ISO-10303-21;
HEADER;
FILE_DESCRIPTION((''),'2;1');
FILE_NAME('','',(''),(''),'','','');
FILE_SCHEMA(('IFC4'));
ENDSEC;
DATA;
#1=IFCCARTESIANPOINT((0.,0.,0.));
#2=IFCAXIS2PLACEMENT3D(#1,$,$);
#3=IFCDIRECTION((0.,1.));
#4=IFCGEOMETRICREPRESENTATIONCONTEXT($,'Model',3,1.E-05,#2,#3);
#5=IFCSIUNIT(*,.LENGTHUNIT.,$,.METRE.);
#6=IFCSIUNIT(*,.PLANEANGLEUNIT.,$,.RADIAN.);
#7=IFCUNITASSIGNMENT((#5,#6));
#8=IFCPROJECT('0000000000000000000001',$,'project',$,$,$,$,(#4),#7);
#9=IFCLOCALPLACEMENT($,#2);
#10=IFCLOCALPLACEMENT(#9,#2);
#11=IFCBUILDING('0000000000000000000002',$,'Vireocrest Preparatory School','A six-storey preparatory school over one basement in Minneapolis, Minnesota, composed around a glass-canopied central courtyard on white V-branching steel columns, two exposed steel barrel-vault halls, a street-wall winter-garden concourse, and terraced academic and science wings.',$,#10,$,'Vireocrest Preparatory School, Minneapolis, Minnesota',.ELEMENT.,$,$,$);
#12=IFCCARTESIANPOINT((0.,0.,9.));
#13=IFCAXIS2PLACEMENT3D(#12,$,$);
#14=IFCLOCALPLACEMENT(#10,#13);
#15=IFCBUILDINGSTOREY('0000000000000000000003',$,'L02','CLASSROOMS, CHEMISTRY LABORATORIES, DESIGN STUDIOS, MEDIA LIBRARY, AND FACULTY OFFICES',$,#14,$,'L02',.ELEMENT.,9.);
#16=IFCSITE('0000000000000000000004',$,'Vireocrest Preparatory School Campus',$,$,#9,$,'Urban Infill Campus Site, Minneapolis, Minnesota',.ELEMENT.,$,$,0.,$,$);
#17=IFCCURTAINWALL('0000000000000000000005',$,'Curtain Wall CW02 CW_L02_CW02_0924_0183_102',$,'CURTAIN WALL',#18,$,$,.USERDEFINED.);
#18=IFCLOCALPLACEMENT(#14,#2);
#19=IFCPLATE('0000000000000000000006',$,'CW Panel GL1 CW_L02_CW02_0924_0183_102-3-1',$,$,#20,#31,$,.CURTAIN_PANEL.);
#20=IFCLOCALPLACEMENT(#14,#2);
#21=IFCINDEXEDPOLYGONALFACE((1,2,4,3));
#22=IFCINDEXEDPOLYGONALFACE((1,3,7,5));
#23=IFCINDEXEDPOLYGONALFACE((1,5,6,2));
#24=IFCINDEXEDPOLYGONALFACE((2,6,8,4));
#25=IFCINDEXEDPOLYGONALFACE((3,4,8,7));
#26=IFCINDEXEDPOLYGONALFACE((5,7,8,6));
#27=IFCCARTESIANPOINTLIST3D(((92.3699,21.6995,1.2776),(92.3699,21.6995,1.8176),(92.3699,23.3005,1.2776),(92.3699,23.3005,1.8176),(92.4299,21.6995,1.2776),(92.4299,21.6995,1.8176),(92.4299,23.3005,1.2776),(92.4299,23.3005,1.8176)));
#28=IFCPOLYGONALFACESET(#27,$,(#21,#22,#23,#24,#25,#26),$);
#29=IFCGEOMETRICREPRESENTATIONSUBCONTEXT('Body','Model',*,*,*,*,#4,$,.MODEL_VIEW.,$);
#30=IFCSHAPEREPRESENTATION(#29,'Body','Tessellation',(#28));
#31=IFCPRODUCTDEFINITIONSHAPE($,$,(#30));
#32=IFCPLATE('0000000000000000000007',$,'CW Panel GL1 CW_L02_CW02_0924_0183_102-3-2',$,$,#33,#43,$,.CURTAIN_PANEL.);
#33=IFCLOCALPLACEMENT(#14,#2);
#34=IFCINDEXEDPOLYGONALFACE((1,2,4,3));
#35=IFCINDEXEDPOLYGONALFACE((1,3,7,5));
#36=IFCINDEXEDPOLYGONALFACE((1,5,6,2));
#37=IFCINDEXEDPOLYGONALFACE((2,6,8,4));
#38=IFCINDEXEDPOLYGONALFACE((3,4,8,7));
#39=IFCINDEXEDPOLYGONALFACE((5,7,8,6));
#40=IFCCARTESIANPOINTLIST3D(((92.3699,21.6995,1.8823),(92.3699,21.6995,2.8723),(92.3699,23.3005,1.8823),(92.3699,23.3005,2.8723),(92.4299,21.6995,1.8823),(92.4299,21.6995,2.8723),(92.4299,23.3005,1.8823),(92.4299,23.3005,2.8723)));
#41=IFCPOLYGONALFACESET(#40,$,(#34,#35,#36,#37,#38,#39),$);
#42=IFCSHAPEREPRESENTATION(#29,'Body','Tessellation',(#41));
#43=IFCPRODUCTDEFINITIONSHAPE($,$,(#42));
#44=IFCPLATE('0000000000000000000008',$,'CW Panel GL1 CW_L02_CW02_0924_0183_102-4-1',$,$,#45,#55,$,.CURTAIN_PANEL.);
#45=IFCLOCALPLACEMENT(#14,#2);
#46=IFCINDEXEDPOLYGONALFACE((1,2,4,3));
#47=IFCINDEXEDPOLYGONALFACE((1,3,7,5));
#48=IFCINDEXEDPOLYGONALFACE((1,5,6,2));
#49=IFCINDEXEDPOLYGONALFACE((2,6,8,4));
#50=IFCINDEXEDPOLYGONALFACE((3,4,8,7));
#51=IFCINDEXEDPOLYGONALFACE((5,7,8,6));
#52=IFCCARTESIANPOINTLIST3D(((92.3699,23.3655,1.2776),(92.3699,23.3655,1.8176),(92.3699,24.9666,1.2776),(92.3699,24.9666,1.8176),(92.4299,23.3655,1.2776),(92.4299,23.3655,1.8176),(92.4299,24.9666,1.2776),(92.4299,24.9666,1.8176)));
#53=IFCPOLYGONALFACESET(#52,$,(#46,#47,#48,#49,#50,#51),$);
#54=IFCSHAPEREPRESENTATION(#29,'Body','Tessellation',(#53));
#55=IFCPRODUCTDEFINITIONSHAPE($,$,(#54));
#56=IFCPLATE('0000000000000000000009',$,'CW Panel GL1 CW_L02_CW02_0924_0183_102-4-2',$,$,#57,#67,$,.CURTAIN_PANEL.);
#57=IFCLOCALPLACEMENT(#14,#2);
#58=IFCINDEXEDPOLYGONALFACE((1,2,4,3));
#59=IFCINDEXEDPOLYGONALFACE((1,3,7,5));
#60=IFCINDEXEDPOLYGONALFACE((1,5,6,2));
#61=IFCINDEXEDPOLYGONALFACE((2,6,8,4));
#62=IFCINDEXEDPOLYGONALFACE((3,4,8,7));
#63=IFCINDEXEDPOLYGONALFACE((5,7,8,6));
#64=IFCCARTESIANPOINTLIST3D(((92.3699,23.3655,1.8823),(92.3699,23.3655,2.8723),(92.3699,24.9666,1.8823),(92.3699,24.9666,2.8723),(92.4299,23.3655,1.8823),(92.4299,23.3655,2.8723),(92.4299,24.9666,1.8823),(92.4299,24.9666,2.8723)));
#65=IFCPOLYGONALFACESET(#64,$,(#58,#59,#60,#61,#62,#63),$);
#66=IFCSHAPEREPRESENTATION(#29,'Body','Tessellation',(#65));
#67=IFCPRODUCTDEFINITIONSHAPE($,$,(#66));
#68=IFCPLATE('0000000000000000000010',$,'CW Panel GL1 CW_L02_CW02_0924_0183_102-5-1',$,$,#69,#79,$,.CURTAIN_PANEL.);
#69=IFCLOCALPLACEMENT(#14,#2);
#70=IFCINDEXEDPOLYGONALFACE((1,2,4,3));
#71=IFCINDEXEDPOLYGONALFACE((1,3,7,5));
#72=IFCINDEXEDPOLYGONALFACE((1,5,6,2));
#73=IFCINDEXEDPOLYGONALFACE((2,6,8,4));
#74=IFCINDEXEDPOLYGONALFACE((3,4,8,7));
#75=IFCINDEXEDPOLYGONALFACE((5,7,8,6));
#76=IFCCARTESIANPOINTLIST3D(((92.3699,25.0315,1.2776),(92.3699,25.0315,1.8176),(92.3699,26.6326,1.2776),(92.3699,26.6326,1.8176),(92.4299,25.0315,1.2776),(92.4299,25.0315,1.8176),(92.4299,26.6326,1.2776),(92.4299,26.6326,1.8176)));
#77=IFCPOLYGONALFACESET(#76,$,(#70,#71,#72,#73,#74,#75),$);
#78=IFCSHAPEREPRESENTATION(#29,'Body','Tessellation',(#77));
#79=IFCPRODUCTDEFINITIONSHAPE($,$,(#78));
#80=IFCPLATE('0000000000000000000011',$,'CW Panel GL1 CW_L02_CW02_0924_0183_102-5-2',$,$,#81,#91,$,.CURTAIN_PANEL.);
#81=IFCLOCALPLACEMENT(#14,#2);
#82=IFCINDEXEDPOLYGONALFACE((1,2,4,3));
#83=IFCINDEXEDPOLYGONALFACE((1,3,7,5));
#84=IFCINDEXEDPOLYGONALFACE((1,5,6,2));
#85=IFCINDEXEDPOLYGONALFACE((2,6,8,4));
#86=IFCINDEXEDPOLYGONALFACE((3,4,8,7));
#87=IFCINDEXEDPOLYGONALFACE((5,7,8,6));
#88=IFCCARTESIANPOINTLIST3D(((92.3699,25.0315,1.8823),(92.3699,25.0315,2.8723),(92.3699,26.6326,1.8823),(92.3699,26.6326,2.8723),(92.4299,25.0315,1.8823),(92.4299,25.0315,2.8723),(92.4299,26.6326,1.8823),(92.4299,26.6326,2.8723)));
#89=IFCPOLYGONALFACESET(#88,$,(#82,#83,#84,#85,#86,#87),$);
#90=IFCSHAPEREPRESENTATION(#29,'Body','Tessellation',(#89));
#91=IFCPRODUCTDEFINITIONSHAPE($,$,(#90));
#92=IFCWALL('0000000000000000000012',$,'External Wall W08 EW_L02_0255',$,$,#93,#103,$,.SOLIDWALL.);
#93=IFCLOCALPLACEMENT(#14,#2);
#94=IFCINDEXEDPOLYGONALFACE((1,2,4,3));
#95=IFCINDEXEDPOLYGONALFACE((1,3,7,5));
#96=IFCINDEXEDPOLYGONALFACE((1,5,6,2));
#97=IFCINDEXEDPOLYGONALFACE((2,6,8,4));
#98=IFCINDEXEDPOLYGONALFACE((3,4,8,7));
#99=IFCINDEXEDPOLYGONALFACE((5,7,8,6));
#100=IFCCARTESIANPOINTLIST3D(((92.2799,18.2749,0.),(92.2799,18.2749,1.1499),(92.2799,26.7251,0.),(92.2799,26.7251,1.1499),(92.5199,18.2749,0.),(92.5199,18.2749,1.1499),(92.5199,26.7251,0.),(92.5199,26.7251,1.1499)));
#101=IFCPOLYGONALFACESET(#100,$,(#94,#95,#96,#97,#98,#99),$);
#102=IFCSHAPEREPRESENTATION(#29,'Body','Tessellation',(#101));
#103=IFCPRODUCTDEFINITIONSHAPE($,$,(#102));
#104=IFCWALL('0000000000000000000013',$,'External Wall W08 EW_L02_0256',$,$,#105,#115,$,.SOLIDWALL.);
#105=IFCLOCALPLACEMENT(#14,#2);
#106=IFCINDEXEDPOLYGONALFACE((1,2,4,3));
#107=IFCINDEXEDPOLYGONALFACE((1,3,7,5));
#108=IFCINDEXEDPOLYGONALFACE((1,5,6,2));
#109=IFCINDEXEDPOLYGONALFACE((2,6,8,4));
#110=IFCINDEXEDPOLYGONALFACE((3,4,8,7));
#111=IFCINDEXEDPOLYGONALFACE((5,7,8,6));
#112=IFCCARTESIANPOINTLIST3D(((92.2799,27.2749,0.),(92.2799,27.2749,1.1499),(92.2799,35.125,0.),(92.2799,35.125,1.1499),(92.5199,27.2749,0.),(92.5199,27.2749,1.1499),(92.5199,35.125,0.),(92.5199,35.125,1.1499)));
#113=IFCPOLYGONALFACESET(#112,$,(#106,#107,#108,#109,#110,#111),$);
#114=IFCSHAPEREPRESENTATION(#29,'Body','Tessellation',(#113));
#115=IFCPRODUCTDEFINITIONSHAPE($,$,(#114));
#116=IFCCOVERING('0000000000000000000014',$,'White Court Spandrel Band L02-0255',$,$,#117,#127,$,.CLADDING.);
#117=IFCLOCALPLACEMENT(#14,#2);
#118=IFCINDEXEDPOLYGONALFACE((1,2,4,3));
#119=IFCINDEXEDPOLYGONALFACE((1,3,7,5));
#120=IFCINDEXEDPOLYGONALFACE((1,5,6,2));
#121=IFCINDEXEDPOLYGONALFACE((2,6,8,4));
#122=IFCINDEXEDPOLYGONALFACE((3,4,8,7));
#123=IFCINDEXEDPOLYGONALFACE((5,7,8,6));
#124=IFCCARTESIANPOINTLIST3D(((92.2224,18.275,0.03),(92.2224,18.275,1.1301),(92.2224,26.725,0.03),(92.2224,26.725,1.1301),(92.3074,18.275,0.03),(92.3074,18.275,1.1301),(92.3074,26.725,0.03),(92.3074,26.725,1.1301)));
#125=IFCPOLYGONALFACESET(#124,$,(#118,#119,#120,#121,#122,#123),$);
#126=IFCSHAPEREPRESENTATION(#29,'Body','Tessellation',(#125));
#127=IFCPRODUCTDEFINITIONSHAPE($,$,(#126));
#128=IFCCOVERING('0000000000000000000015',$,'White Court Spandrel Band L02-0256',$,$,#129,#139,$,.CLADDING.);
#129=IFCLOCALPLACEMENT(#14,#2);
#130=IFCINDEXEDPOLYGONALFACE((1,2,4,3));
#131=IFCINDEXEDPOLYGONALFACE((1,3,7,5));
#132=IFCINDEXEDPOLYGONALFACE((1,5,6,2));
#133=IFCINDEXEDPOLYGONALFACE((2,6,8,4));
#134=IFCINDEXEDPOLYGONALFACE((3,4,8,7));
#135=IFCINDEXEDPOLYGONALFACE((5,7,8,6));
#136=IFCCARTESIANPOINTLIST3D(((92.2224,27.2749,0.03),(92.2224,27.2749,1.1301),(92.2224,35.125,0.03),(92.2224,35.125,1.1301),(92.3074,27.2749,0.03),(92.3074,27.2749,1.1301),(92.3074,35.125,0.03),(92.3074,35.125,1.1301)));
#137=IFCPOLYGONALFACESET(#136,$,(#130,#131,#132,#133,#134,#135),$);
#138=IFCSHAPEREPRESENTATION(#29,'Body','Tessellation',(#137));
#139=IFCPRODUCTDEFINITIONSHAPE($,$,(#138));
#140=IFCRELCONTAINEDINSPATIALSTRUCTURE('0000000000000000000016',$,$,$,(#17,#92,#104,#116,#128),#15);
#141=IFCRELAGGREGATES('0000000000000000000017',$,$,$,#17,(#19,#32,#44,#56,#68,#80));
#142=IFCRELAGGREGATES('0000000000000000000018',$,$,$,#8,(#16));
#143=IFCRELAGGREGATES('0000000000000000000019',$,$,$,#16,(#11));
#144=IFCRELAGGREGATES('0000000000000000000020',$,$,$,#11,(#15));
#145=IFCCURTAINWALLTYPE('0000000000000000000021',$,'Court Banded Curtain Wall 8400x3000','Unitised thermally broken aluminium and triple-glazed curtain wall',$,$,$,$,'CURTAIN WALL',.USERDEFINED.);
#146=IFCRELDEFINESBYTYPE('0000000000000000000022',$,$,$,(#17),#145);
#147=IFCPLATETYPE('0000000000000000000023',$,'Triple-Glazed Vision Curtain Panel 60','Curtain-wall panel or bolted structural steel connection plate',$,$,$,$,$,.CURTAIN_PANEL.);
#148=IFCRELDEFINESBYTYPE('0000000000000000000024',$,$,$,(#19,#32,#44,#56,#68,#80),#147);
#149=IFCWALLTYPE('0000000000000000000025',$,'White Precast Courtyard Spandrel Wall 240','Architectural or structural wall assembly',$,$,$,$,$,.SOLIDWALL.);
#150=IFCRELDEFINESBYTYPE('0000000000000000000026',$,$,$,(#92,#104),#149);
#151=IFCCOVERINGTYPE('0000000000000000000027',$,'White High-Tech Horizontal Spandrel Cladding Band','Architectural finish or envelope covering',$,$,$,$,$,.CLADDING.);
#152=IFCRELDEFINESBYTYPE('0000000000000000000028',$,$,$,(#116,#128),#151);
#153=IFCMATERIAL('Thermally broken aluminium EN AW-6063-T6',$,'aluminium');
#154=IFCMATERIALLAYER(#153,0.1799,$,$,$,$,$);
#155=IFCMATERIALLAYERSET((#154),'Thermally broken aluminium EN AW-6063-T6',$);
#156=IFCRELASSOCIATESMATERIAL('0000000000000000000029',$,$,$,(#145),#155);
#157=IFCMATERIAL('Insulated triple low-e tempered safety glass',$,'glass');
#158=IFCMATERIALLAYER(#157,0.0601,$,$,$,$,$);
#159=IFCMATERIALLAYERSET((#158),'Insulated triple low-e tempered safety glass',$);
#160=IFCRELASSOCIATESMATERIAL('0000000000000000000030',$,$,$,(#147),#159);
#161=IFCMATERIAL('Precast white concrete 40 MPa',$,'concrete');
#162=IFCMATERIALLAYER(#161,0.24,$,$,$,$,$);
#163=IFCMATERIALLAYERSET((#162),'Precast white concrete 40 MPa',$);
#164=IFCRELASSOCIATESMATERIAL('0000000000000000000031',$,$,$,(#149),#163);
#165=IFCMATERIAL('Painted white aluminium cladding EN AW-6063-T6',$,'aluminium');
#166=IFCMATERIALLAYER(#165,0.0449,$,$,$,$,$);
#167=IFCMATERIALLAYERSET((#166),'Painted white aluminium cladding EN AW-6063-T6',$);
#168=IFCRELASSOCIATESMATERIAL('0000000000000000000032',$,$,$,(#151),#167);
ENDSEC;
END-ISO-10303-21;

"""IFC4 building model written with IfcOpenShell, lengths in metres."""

from ifc_helpers import new_model, si_unit, direction, frame, frame_2d, origin, origin_2d, place, context, subcontext, project, spatial, rectangle, extrude, material, layer, layer_set, type_object, element, aggregate, save


model = new_model("IFC4")

# Units and contexts
model_context = context("Model", 3, precision=1e-05, world=origin(), true_north=direction((0.0, 1.0)))
body_context = subcontext(model_context, "Body", "Model", "MODEL_VIEW")
ifc_project = project(units=[si_unit("LENGTHUNIT", "METRE"), si_unit("PLANEANGLEUNIT", "RADIAN")], contexts=[model_context])

# Site, building, storey
site_placement = place(None, origin())
site = spatial("IfcSite", under=ifc_project, at=site_placement, Name="Vireocrest Preparatory School Campus", LongName="Urban Infill Campus Site, Minneapolis, Minnesota", CompositionType="ELEMENT", RefElevation=0.0)
building_placement = place(site_placement, origin())
building = spatial("IfcBuilding", under=site, at=building_placement, Name="Vireocrest Preparatory School", Description="A six-storey preparatory school over one basement in Minneapolis, Minnesota, composed around a glass-canopied central courtyard on white V-branching steel columns, two exposed steel barrel-vault halls, a street-wall winter-garden concourse, and terraced academic and science wings.", LongName="Vireocrest Preparatory School, Minneapolis, Minnesota", CompositionType="ELEMENT")
storey_placement = place(building_placement, frame((0.0, 0.0, 9.0)))
storey = spatial("IfcBuildingStorey", under=building, at=storey_placement, Name="L02", Description="CLASSROOMS, CHEMISTRY LABORATORIES, DESIGN STUDIOS, MEDIA LIBRARY, AND FACULTY OFFICES", LongName="L02", CompositionType="ELEMENT", Elevation=9.0)

# Curtain wall
ifc_material_1 = material(Name="Thermally broken aluminium EN AW-6063-T6", Category="aluminium")
ifc_layer_1 = layer(ifc_material_1, 0.1799)
ifc_layer_set_1 = layer_set([ifc_layer_1], Name="Thermally broken aluminium EN AW-6063-T6")
curtain_wall_type = type_object("IfcCurtainWallType", Name="Court Banded Curtain Wall 8400x3000", Description="Unitised thermally broken aluminium and triple-glazed curtain wall", ElementType="CURTAIN WALL", PredefinedType="USERDEFINED", material=ifc_layer_set_1)
curtain_wall_1_placement = place(storey_placement, origin())
curtain_wall_1 = element("IfcCurtainWall", 1, at=curtain_wall_1_placement, inside=storey, type_object=curtain_wall_type, Name="Curtain Wall CW02 CW_L02_CW02_0924_0183_102", ObjectType="CURTAIN WALL", PredefinedType="USERDEFINED")

# Plates
ifc_material_2 = material(Name="Insulated triple low-e tempered safety glass", Category="glass")
ifc_layer_2 = layer(ifc_material_2, 0.0601)
ifc_layer_set_2 = layer_set([ifc_layer_2], Name="Insulated triple low-e tempered safety glass")
plate_type = type_object("IfcPlateType", Name="Triple-Glazed Vision Curtain Panel 60", Description="Curtain-wall panel or bolted structural steel connection plate", PredefinedType="CURTAIN_PANEL", material=ifc_layer_set_2)
plate_1_placement = place(storey_placement, frame((92.3999, 22.5, 1.2776), z_axis=(0.0, 0.0, 1.0), x_axis=(0.0, 1.0, 0.0)))
plate_1 = element("IfcPlate", 2, at=plate_1_placement, type_object=plate_type, Name="CW Panel GL1 CW_L02_CW02_0924_0183_102-3-1", PredefinedType="CURTAIN_PANEL", context=body_context, shape_type="SweptSolid", body=[
    extrude(rectangle(XDim=1.6011, YDim=0.0601, at=origin_2d()), origin(), (0.0, 0.0, 1.0), 0.54),
])
plate_2_placement = place(storey_placement, frame((92.3999, 22.5, 1.8823), z_axis=(0.0, 0.0, 1.0), x_axis=(0.0, 1.0, 0.0)))
plate_2 = element("IfcPlate", 3, at=plate_2_placement, type_object=plate_type, Name="CW Panel GL1 CW_L02_CW02_0924_0183_102-3-2", PredefinedType="CURTAIN_PANEL", context=body_context, shape_type="SweptSolid", body=[
    extrude(rectangle(XDim=1.6011, YDim=0.0601, at=origin_2d()), origin(), (0.0, 0.0, 1.0), 0.99),
])
plate_3_placement = place(storey_placement, frame((92.3999, 24.166, 1.2776), z_axis=(0.0, 0.0, 1.0), x_axis=(0.0, 1.0, 0.0)))
plate_3 = element("IfcPlate", 4, at=plate_3_placement, type_object=plate_type, Name="CW Panel GL1 CW_L02_CW02_0924_0183_102-4-1", PredefinedType="CURTAIN_PANEL", context=body_context, shape_type="SweptSolid", body=[
    extrude(rectangle(XDim=1.6011, YDim=0.0601, at=origin_2d()), origin(), (0.0, 0.0, 1.0), 0.54),
])
plate_4_placement = place(storey_placement, frame((92.3999, 24.166, 1.8823), z_axis=(0.0, 0.0, 1.0), x_axis=(0.0, 1.0, 0.0)))
plate_4 = element("IfcPlate", 5, at=plate_4_placement, type_object=plate_type, Name="CW Panel GL1 CW_L02_CW02_0924_0183_102-4-2", PredefinedType="CURTAIN_PANEL", context=body_context, shape_type="SweptSolid", body=[
    extrude(rectangle(XDim=1.6011, YDim=0.0601, at=origin_2d()), origin(), (0.0, 0.0, 1.0), 0.99),
])
plate_5_placement = place(storey_placement, frame((92.3999, 25.832, 1.2776), z_axis=(0.0, 0.0, 1.0), x_axis=(0.0, 1.0, 0.0)))
plate_5 = element("IfcPlate", 6, at=plate_5_placement, type_object=plate_type, Name="CW Panel GL1 CW_L02_CW02_0924_0183_102-5-1", PredefinedType="CURTAIN_PANEL", context=body_context, shape_type="SweptSolid", body=[
    extrude(rectangle(XDim=1.6011, YDim=0.0601, at=origin_2d()), origin(), (0.0, 0.0, 1.0), 0.54),
])
plate_6_placement = place(storey_placement, frame((92.3999, 25.832, 1.8823), z_axis=(0.0, 0.0, 1.0), x_axis=(0.0, 1.0, 0.0)))
plate_6 = element("IfcPlate", 7, at=plate_6_placement, type_object=plate_type, Name="CW Panel GL1 CW_L02_CW02_0924_0183_102-5-2", PredefinedType="CURTAIN_PANEL", context=body_context, shape_type="SweptSolid", body=[
    extrude(rectangle(XDim=1.6011, YDim=0.0601, at=origin_2d()), origin(), (0.0, 0.0, 1.0), 0.99),
])
aggregate(curtain_wall_1, [plate_1, plate_2, plate_3, plate_4, plate_5, plate_6])

# Walls
ifc_material_3 = material(Name="Precast white concrete 40 MPa", Category="concrete")
ifc_layer_3 = layer(ifc_material_3, 0.24)
ifc_layer_set_3 = layer_set([ifc_layer_3], Name="Precast white concrete 40 MPa")
wall_type = type_object("IfcWallType", Name="White Precast Courtyard Spandrel Wall 240", Description="Architectural or structural wall assembly", PredefinedType="SOLIDWALL", material=ifc_layer_set_3)
wall_1_placement = place(storey_placement, frame((92.3999, 18.2749, 0.0), z_axis=(0.0, 0.0, 1.0), x_axis=(0.0, 1.0, 0.0)))
element("IfcWall", 8, at=wall_1_placement, inside=storey, type_object=wall_type, Name="External Wall W08 EW_L02_0255", PredefinedType="SOLIDWALL", context=body_context, shape_type="SweptSolid", body=[
    extrude(rectangle(XDim=8.4502, YDim=0.24, at=frame_2d((4.2251, 0.0))), origin(), (0.0, 0.0, 1.0), 1.1499),
])
wall_2_placement = place(storey_placement, frame((92.3999, 27.2749, 0.0), z_axis=(0.0, 0.0, 1.0), x_axis=(0.0, 1.0, 0.0)))
element("IfcWall", 9, at=wall_2_placement, inside=storey, type_object=wall_type, Name="External Wall W08 EW_L02_0256", PredefinedType="SOLIDWALL", context=body_context, shape_type="SweptSolid", body=[
    extrude(rectangle(XDim=7.8501, YDim=0.24, at=frame_2d((3.925, 0.0))), origin(), (0.0, 0.0, 1.0), 1.1499),
])

# Coverings
ifc_material_4 = material(Name="Painted white aluminium cladding EN AW-6063-T6", Category="aluminium")
ifc_layer_4 = layer(ifc_material_4, 0.0449)
ifc_layer_set_4 = layer_set([ifc_layer_4], Name="Painted white aluminium cladding EN AW-6063-T6")
covering_type = type_object("IfcCoveringType", Name="White High-Tech Horizontal Spandrel Cladding Band", Description="Architectural finish or envelope covering", PredefinedType="CLADDING", material=ifc_layer_set_4)
covering_1_placement = place(storey_placement, frame((92.2649, 22.5, 0.03), z_axis=(0.0, 0.0, 1.0), x_axis=(1.0, 0.0, 0.0)))
element("IfcCovering", 10, at=covering_1_placement, inside=storey, type_object=covering_type, Name="White Court Spandrel Band L02-0255", PredefinedType="CLADDING", context=body_context, shape_type="SweptSolid", body=[
    extrude(rectangle(XDim=0.085, YDim=8.45, at=origin_2d()), origin(), (0.0, 0.0, 1.0), 1.1001),
])
covering_2_placement = place(storey_placement, frame((92.2649, 31.2, 0.03), z_axis=(0.0, 0.0, 1.0), x_axis=(1.0, 0.0, 0.0)))
element("IfcCovering", 11, at=covering_2_placement, inside=storey, type_object=covering_type, Name="White Court Spandrel Band L02-0256", PredefinedType="CLADDING", context=body_context, shape_type="SweptSolid", body=[
    extrude(rectangle(XDim=0.085, YDim=7.8501, at=origin_2d()), origin(), (0.0, 0.0, 1.0), 1.1001),
])

save(model, "model.ifc")
